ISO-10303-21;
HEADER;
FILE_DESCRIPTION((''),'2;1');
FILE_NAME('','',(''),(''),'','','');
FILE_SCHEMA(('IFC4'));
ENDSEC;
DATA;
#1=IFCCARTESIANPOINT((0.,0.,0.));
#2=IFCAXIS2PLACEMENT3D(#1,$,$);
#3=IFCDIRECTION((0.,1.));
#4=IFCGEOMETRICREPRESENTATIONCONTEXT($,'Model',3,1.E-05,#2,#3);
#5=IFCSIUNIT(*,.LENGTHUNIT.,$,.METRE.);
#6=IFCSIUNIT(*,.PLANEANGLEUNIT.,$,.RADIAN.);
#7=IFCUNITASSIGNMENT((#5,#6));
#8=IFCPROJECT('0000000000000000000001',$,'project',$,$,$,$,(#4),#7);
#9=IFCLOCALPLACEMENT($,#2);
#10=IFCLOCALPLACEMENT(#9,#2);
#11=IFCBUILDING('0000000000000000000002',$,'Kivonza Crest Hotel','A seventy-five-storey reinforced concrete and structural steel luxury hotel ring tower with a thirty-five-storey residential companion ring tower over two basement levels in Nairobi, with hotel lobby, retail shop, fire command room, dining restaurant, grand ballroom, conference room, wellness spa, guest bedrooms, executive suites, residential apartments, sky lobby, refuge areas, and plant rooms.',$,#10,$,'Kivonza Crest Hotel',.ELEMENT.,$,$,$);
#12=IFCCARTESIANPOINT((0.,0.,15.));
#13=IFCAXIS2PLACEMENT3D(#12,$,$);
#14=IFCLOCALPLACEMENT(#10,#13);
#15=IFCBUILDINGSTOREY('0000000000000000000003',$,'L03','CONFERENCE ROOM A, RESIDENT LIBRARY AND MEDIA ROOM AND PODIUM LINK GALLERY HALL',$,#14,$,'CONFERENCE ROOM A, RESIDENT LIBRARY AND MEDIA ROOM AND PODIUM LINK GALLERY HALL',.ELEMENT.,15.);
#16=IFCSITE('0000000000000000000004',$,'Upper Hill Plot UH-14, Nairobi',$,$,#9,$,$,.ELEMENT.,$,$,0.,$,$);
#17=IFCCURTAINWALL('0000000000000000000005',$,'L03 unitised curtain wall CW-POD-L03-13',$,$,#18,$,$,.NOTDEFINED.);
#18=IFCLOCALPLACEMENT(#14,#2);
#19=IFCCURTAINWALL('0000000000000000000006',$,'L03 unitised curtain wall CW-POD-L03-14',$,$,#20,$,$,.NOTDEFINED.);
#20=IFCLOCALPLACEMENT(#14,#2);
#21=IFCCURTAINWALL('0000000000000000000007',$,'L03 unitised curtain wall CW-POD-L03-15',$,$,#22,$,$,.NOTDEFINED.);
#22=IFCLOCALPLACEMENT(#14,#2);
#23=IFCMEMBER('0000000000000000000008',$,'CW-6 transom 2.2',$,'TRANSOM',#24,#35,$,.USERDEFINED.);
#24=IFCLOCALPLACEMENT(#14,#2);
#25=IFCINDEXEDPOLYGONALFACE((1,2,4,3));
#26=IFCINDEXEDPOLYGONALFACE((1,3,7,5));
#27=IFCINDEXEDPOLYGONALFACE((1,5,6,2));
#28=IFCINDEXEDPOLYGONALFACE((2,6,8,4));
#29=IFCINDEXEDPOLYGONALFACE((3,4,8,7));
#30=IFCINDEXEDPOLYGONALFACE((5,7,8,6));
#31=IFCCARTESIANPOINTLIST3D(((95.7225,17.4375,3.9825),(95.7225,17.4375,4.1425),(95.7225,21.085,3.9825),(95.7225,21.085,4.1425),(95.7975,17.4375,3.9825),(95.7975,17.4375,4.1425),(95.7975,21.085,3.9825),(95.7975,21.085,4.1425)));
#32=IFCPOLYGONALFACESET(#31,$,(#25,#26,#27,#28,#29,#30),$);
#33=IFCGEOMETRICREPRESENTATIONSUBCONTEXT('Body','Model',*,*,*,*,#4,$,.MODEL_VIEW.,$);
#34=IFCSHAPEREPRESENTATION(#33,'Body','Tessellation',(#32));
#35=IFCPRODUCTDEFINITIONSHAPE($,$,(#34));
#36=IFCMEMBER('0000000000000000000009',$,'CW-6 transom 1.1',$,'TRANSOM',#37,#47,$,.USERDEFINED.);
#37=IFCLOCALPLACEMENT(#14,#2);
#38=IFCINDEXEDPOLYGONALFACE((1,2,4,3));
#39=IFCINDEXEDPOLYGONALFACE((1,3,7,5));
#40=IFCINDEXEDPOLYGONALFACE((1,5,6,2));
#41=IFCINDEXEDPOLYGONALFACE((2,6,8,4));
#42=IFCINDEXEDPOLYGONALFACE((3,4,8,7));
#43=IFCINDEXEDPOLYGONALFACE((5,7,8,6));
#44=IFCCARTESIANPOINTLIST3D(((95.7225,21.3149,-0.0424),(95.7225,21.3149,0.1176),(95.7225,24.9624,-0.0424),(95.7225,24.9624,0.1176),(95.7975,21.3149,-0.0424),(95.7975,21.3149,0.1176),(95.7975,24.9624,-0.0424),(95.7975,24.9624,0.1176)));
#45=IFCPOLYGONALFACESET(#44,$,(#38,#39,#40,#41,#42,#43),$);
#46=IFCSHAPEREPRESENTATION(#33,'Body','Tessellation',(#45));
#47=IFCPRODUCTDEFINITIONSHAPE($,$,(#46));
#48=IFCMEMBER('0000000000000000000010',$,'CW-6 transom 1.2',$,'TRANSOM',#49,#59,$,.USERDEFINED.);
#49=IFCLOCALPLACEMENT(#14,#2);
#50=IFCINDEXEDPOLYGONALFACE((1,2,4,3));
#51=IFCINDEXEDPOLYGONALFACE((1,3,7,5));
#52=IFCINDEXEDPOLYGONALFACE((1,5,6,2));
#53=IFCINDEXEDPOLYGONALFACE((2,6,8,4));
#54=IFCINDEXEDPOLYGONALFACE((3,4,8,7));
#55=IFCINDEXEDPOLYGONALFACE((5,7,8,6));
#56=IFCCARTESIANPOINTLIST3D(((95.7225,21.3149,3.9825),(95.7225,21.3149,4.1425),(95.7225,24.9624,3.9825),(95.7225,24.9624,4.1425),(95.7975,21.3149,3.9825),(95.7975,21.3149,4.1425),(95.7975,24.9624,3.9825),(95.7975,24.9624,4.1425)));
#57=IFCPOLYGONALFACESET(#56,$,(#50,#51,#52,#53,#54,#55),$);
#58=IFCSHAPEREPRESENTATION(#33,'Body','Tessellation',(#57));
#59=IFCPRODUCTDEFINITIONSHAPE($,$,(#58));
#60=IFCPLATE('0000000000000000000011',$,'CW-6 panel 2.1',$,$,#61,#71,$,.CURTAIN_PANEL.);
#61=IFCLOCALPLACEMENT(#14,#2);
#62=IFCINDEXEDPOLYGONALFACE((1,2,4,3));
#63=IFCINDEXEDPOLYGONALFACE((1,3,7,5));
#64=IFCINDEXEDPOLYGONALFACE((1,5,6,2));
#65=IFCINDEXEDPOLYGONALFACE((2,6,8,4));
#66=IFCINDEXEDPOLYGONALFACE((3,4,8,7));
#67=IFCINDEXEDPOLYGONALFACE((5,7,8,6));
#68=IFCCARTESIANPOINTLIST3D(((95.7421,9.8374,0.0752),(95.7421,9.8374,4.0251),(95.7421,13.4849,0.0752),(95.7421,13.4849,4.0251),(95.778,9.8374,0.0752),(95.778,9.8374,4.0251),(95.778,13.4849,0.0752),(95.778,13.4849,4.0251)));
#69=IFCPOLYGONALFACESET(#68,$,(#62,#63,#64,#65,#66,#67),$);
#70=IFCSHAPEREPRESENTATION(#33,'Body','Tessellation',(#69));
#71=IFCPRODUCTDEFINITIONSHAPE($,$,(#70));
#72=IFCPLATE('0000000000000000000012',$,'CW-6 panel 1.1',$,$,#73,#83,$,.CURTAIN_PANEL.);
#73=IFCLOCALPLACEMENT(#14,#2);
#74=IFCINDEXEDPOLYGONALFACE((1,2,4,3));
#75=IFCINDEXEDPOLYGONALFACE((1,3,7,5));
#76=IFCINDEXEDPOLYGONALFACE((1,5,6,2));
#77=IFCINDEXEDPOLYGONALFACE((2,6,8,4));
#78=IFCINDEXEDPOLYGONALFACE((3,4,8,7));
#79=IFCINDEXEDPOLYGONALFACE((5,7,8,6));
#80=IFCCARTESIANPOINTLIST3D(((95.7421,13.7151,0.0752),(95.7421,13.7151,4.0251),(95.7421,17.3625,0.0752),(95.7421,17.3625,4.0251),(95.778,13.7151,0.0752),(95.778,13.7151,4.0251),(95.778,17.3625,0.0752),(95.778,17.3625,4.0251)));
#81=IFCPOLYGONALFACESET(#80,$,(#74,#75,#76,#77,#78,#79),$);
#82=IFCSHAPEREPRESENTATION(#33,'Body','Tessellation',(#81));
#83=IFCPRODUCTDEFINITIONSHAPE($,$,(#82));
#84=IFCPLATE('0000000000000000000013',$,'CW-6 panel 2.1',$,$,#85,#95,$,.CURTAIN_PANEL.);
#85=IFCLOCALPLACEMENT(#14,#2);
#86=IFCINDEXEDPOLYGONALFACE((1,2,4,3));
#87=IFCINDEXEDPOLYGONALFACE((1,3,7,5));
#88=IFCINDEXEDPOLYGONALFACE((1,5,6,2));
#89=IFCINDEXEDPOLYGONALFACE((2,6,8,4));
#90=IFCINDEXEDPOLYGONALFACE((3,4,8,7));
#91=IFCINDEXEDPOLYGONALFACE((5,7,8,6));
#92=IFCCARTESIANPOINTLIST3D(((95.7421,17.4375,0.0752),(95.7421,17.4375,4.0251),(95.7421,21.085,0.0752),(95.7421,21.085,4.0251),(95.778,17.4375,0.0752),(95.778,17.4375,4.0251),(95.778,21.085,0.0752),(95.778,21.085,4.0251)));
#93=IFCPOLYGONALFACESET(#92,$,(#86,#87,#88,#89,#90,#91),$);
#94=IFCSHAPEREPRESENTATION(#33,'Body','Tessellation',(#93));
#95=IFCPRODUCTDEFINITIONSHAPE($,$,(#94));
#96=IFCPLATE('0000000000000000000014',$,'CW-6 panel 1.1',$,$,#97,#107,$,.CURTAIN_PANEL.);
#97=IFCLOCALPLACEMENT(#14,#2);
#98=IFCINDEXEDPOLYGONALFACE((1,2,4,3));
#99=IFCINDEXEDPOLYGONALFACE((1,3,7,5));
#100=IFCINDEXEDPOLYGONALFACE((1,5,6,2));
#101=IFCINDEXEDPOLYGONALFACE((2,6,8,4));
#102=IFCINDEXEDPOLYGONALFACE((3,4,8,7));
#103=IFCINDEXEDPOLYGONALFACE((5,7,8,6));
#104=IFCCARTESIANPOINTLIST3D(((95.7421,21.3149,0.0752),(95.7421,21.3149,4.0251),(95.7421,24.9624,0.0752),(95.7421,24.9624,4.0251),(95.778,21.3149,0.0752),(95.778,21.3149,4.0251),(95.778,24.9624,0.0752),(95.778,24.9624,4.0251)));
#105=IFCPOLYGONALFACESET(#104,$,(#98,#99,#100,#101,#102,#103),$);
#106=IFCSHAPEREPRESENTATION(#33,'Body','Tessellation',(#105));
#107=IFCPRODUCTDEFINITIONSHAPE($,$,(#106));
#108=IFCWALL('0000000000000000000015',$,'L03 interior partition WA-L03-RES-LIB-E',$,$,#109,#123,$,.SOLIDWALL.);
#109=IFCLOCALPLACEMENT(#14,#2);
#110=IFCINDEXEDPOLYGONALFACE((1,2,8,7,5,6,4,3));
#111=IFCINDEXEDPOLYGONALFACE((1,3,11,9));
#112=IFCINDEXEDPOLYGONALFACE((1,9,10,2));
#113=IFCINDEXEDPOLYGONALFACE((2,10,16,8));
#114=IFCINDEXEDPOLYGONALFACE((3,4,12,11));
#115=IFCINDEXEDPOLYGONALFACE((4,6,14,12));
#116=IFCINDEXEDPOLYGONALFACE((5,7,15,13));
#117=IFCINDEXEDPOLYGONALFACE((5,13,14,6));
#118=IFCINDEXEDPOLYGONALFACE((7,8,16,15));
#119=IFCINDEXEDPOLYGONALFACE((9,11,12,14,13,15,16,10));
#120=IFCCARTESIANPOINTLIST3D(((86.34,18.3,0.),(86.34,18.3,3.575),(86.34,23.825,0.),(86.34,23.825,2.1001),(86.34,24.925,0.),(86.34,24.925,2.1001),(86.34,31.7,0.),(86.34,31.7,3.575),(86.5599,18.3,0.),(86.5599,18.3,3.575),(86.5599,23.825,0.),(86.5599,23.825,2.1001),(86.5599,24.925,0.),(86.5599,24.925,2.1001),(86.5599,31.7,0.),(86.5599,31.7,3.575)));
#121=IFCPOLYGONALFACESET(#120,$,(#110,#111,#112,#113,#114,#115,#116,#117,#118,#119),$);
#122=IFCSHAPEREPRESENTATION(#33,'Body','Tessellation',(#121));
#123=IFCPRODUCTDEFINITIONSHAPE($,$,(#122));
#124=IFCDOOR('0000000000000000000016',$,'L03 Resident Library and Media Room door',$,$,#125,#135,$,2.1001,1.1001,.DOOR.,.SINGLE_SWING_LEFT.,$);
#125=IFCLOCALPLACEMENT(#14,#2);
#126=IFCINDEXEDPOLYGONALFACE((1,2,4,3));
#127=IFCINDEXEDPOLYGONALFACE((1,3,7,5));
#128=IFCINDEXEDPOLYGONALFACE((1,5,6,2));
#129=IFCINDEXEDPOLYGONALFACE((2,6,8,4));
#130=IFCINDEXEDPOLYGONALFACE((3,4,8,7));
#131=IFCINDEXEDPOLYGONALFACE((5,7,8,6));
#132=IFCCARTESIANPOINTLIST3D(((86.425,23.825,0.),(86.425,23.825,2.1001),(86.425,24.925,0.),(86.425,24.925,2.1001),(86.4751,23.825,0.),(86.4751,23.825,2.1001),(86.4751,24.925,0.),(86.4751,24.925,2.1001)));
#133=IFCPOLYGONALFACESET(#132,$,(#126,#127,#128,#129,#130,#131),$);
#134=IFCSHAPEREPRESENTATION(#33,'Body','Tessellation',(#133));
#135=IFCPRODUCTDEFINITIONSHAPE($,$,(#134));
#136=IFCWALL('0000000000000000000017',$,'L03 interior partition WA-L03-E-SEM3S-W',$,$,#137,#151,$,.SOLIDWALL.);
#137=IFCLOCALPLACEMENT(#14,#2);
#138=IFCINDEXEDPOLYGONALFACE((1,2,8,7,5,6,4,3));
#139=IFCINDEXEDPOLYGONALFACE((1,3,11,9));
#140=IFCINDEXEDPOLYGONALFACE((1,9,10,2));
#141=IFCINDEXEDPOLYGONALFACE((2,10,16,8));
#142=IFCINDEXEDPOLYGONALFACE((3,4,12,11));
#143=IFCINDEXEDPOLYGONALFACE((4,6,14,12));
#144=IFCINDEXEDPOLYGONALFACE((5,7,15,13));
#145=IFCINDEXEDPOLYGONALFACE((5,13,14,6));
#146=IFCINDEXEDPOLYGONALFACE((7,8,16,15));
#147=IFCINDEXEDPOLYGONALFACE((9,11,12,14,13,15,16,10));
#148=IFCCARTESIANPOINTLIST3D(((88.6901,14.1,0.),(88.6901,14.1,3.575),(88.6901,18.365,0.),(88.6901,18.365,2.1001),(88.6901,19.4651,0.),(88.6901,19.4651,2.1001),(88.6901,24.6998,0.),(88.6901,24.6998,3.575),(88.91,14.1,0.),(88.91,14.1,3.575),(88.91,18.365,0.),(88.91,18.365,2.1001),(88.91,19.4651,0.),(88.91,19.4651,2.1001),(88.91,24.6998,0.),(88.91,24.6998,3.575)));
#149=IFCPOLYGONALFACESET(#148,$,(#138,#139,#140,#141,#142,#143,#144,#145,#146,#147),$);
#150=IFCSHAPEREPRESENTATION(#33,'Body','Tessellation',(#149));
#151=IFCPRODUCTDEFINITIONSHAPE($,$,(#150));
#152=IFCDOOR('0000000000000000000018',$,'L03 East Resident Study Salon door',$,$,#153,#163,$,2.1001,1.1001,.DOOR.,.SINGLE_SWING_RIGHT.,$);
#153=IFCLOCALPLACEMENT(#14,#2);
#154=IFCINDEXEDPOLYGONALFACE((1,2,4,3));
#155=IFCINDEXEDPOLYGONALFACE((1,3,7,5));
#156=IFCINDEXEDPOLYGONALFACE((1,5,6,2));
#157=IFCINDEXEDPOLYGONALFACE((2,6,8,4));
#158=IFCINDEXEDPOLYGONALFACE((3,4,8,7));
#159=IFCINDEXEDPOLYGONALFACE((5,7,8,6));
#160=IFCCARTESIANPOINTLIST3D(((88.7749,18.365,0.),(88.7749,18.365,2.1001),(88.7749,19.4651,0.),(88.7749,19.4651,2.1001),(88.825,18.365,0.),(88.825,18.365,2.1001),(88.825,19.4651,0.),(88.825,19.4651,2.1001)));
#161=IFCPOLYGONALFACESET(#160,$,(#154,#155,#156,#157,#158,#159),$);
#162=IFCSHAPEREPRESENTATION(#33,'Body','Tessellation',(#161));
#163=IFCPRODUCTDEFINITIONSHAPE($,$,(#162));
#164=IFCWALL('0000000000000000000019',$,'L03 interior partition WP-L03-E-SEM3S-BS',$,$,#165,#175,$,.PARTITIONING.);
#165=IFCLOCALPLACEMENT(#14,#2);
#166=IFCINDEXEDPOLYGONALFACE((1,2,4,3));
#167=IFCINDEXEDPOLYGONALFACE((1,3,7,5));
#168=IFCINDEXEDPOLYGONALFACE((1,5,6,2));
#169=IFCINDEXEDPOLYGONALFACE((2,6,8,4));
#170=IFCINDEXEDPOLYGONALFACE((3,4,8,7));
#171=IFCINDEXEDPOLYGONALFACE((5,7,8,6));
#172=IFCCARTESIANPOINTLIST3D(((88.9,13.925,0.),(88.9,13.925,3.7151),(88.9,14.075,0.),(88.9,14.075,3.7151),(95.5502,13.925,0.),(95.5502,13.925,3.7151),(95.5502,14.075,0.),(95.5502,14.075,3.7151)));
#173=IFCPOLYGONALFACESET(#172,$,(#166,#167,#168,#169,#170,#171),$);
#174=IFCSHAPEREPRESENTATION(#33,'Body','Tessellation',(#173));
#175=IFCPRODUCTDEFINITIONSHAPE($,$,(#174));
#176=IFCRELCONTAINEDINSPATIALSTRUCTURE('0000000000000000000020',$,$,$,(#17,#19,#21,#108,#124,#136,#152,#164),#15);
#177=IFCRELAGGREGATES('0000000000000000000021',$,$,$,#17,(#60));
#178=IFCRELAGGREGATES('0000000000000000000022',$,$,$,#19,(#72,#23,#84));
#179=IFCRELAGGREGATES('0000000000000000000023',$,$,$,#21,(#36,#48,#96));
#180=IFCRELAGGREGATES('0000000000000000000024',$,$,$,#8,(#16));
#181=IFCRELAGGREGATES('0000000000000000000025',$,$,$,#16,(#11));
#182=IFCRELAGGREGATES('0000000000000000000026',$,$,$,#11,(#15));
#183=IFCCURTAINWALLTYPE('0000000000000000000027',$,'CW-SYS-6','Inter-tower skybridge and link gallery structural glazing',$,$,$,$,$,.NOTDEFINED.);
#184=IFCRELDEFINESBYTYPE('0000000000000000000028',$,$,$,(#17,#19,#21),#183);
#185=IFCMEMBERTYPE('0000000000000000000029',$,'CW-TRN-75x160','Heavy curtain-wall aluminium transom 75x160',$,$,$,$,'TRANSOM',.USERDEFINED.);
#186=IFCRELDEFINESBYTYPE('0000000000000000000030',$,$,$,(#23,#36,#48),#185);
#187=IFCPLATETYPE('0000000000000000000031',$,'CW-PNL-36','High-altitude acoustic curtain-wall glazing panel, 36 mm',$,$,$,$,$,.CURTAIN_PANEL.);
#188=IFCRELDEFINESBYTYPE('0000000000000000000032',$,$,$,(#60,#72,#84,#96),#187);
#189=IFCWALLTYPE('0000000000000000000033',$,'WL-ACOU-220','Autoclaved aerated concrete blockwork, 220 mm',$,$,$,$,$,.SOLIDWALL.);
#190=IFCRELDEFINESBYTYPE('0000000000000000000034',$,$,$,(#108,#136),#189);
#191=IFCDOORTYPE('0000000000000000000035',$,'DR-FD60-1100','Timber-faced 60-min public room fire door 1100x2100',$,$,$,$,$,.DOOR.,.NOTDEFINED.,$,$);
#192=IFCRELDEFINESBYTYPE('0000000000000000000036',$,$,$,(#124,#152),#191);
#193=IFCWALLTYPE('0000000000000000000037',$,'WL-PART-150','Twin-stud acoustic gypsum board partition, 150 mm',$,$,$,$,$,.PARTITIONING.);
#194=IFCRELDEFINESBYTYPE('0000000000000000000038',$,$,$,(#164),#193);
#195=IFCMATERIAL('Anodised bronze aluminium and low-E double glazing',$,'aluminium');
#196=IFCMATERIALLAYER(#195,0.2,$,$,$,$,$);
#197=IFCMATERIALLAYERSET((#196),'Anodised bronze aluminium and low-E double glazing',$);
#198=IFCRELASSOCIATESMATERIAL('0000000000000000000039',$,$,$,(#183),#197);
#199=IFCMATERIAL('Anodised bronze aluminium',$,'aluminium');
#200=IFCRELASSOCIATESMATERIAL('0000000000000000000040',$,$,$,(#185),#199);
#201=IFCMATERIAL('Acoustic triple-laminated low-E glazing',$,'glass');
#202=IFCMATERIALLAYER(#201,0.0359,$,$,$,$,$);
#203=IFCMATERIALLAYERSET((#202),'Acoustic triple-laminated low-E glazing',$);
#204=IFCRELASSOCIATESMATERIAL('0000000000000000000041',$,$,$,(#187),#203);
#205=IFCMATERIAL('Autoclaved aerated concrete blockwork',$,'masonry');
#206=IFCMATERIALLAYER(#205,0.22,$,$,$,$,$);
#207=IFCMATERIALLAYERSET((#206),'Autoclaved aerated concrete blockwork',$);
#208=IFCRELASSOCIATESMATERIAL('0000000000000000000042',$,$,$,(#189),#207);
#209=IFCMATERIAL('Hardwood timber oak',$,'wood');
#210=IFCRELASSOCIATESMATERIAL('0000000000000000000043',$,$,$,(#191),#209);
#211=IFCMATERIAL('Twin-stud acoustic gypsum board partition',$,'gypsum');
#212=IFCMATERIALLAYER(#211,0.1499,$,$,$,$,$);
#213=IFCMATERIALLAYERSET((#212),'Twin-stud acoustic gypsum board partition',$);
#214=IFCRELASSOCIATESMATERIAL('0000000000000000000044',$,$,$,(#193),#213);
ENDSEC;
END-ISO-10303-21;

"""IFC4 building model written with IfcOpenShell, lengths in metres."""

from ifc_helpers import new_model, si_unit, direction, frame, frame_2d, origin, origin_2d, place, context, subcontext, project, spatial, rectangle, extrude, material, layer, layer_set, material_profile, profile_set, type_object, element, fill, aggregate, save


model = new_model("IFC4")

# Units and contexts
model_context = context("Model", 3, precision=1e-05, world=origin(), true_north=direction((0.0, 1.0)))
body_context = subcontext(model_context, "Body", "Model", "MODEL_VIEW")
ifc_project = project(units=[si_unit("LENGTHUNIT", "METRE"), si_unit("PLANEANGLEUNIT", "RADIAN")], contexts=[model_context])

# Site, building, storey
site_placement = place(None, origin())
site = spatial("IfcSite", under=ifc_project, at=site_placement, Name="Upper Hill Plot UH-14, Nairobi", CompositionType="ELEMENT", RefElevation=0.0)
building_placement = place(site_placement, origin())
building = spatial("IfcBuilding", under=site, at=building_placement, Name="Kivonza Crest Hotel", Description="A seventy-five-storey reinforced concrete and structural steel luxury hotel ring tower with a thirty-five-storey residential companion ring tower over two basement levels in Nairobi, with hotel lobby, retail shop, fire command room, dining restaurant, grand ballroom, conference room, wellness spa, guest bedrooms, executive suites, residential apartments, sky lobby, refuge areas, and plant rooms.", LongName="Kivonza Crest Hotel", CompositionType="ELEMENT")
storey_placement = place(building_placement, frame((0.0, 0.0, 15.0)))
storey = spatial("IfcBuildingStorey", under=building, at=storey_placement, Name="L03", Description="CONFERENCE ROOM A, RESIDENT LIBRARY AND MEDIA ROOM AND PODIUM LINK GALLERY HALL", LongName="CONFERENCE ROOM A, RESIDENT LIBRARY AND MEDIA ROOM AND PODIUM LINK GALLERY HALL", CompositionType="ELEMENT", Elevation=15.0)

# Curtain wall
ifc_material_1 = material(Name="Anodised bronze aluminium and low-E double glazing", Category="aluminium")
ifc_layer_1 = layer(ifc_material_1, 0.2)
ifc_layer_set_1 = layer_set([ifc_layer_1], Name="Anodised bronze aluminium and low-E double glazing")
curtain_wall_type = type_object("IfcCurtainWallType", Name="CW-SYS-6", Description="Inter-tower skybridge and link gallery structural glazing", PredefinedType="NOTDEFINED", material=ifc_layer_set_1)
curtain_wall_1_placement = place(storey_placement, origin())
curtain_wall_1 = element("IfcCurtainWall", 1, at=curtain_wall_1_placement, inside=storey, type_object=curtain_wall_type, Name="L03 unitised curtain wall CW-POD-L03-13", PredefinedType="NOTDEFINED")
ifc_material_2 = material(Name="Anodised bronze aluminium", Category="aluminium")

# Curtain wall
curtain_wall_2_placement = place(storey_placement, origin())
curtain_wall_2 = element("IfcCurtainWall", 2, at=curtain_wall_2_placement, inside=storey, type_object=curtain_wall_type, Name="L03 unitised curtain wall CW-POD-L03-14", PredefinedType="NOTDEFINED")

# Curtain wall
curtain_wall_3_placement = place(storey_placement, origin())
curtain_wall_3 = element("IfcCurtainWall", 3, at=curtain_wall_3_placement, inside=storey, type_object=curtain_wall_type, Name="L03 unitised curtain wall CW-POD-L03-15", PredefinedType="NOTDEFINED")

# Members
ifc_material_profile_1 = material_profile(ifc_material_2, rectangle(XDim=0.075, YDim=0.1599, at=origin_2d()), Name="CW-T 75x160")
ifc_profile_set_1 = profile_set([ifc_material_profile_1], Name="Anodised bronze aluminium")
member_type_1 = type_object("IfcMemberType", Name="CW-TRN-75x160", Description="Heavy curtain-wall aluminium transom 75x160", ElementType="TRANSOM", PredefinedType="USERDEFINED", material=ifc_profile_set_1)
member_1_placement = place(storey_placement, frame((95.76, 17.4375, 4.0625), z_axis=(0.0, 1.0, 0.0), x_axis=(-1.0, 0.0, 0.0)))
member_1 = element("IfcMember", 4, at=member_1_placement, type_object=member_type_1, Name="CW-6 transom 2.2", ObjectType="TRANSOM", PredefinedType="USERDEFINED", context=body_context, shape_type="SweptSolid", body=[
    extrude(rectangle(XDim=0.075, YDim=0.1599, at=origin_2d()), origin(), (0.0, 0.0, 1.0), 3.6475),
])
member_2_placement = place(storey_placement, frame((95.76, 21.3149, 0.0376), z_axis=(0.0, 1.0, 0.0), x_axis=(-1.0, 0.0, 0.0)))
member_2 = element("IfcMember", 5, at=member_2_placement, type_object=member_type_1, Name="CW-6 transom 1.1", ObjectType="TRANSOM", PredefinedType="USERDEFINED", context=body_context, shape_type="SweptSolid", body=[
    extrude(rectangle(XDim=0.075, YDim=0.1599, at=origin_2d()), origin(), (0.0, 0.0, 1.0), 3.6475),
])
member_3_placement = place(storey_placement, frame((95.76, 21.3149, 4.0625), z_axis=(0.0, 1.0, 0.0), x_axis=(-1.0, 0.0, 0.0)))
member_3 = element("IfcMember", 6, at=member_3_placement, type_object=member_type_1, Name="CW-6 transom 1.2", ObjectType="TRANSOM", PredefinedType="USERDEFINED", context=body_context, shape_type="SweptSolid", body=[
    extrude(rectangle(XDim=0.075, YDim=0.1599, at=origin_2d()), origin(), (0.0, 0.0, 1.0), 3.6475),
])

# Plates
ifc_material_3 = material(Name="Acoustic triple-laminated low-E glazing", Category="glass")
ifc_layer_2 = layer(ifc_material_3, 0.0359)
ifc_layer_set_2 = layer_set([ifc_layer_2], Name="Acoustic triple-laminated low-E glazing")
plate_type = type_object("IfcPlateType", Name="CW-PNL-36", Description="High-altitude acoustic curtain-wall glazing panel, 36 mm", PredefinedType="CURTAIN_PANEL", material=ifc_layer_set_2)
plate_1_placement = place(storey_placement, frame((95.76, 11.6611, 0.0752), z_axis=(0.0, 0.0, 1.0), x_axis=(0.0, 1.0, 0.0)))
plate_1 = element("IfcPlate", 7, at=plate_1_placement, type_object=plate_type, Name="CW-6 panel 2.1", PredefinedType="CURTAIN_PANEL", context=body_context, shape_type="SweptSolid", body=[
    extrude(rectangle(XDim=3.6475, YDim=0.0359, at=origin_2d()), origin(), (0.0, 0.0, 1.0), 3.95),
])
aggregate(curtain_wall_1, [plate_1])
plate_2_placement = place(storey_placement, frame((95.76, 15.5388, 0.0752), z_axis=(0.0, 0.0, 1.0), x_axis=(0.0, 1.0, 0.0)))
plate_2 = element("IfcPlate", 8, at=plate_2_placement, type_object=plate_type, Name="CW-6 panel 1.1", PredefinedType="CURTAIN_PANEL", context=body_context, shape_type="SweptSolid", body=[
    extrude(rectangle(XDim=3.6475, YDim=0.0359, at=origin_2d()), origin(), (0.0, 0.0, 1.0), 3.95),
])
plate_3_placement = place(storey_placement, frame((95.76, 19.2612, 0.0752), z_axis=(0.0, 0.0, 1.0), x_axis=(0.0, 1.0, 0.0)))
plate_3 = element("IfcPlate", 9, at=plate_3_placement, type_object=plate_type, Name="CW-6 panel 2.1", PredefinedType="CURTAIN_PANEL", context=body_context, shape_type="SweptSolid", body=[
    extrude(rectangle(XDim=3.6475, YDim=0.0359, at=origin_2d()), origin(), (0.0, 0.0, 1.0), 3.95),
])
aggregate(curtain_wall_2, [plate_2, member_1, plate_3])
plate_4_placement = place(storey_placement, frame((95.76, 23.1387, 0.0752), z_axis=(0.0, 0.0, 1.0), x_axis=(0.0, 1.0, 0.0)))
plate_4 = element("IfcPlate", 10, at=plate_4_placement, type_object=plate_type, Name="CW-6 panel 1.1", PredefinedType="CURTAIN_PANEL", context=body_context, shape_type="SweptSolid", body=[
    extrude(rectangle(XDim=3.6475, YDim=0.0359, at=origin_2d()), origin(), (0.0, 0.0, 1.0), 3.95),
])
aggregate(curtain_wall_3, [member_2, member_3, plate_4])

# Walls, openings, doors
ifc_material_4 = material(Name="Autoclaved aerated concrete blockwork", Category="masonry")
ifc_layer_3 = layer(ifc_material_4, 0.22)
ifc_layer_set_3 = layer_set([ifc_layer_3], Name="Autoclaved aerated concrete blockwork")
wall_type_1 = type_object("IfcWallType", Name="WL-ACOU-220", Description="Autoclaved aerated concrete blockwork, 220 mm", PredefinedType="SOLIDWALL", material=ifc_layer_set_3)
wall_1_placement = place(storey_placement, frame((86.45, 18.3, 0.0), z_axis=(0.0, 0.0, 1.0), x_axis=(0.0, 1.0, 0.0)))
wall_1 = element("IfcWall", 11, at=wall_1_placement, inside=storey, type_object=wall_type_1, Name="L03 interior partition WA-L03-RES-LIB-E", PredefinedType="SOLIDWALL", context=body_context, shape_type="SweptSolid", body=[
    extrude(rectangle(XDim=13.3999, YDim=0.22, at=frame_2d((6.7, 0.0))), origin(), (0.0, 0.0, 1.0), 3.575),
])
opening_1_placement = place(wall_1_placement, frame((5.5249, 0.0, 0.0)))
opening_1 = element("IfcOpeningElement", 12, at=opening_1_placement, cuts=wall_1, PredefinedType="OPENING", context=body_context, shape_type="SweptSolid", body=[
    extrude(rectangle(XDim=1.1001, YDim=2.1001, at=frame_2d((0.55, 1.05))), frame((0.0, 0.1201, 0.0), z_axis=(0.0, -1.0, 0.0), x_axis=(1.0, 0.0, 0.0)), (0.0, 0.0, 1.0), 0.24),
])
ifc_material_5 = material(Name="Hardwood timber oak", Category="wood")
door_type = type_object("IfcDoorType", Name="DR-FD60-1100", Description="Timber-faced 60-min public room fire door 1100x2100", OperationType="NOTDEFINED", PredefinedType="DOOR", material=ifc_material_5)
door_1_placement = place(opening_1_placement, origin())
door_1 = element("IfcDoor", 13, at=door_1_placement, inside=storey, type_object=door_type, Name="L03 Resident Library and Media Room door", OperationType="SINGLE_SWING_LEFT", OverallHeight=2.1001, OverallWidth=1.1001, PredefinedType="DOOR", context=body_context, shape_type="SweptSolid", body=[
    extrude(rectangle(XDim=1.1001, YDim=2.1001, at=frame_2d((0.55, 1.05))), frame((0.0, 0.0249, 0.0), z_axis=(0.0, -1.0, 0.0), x_axis=(1.0, 0.0, 0.0)), (0.0, 0.0, 1.0), 0.05),
])
fill(opening_1, door_1)
wall_2_placement = place(storey_placement, frame((88.8, 14.1001, 0.0), z_axis=(0.0, 0.0, 1.0), x_axis=(0.0, 1.0, 0.0)))
wall_2 = element("IfcWall", 14, at=wall_2_placement, inside=storey, type_object=wall_type_1, Name="L03 interior partition WA-L03-E-SEM3S-W", PredefinedType="SOLIDWALL", context=body_context, shape_type="SweptSolid", body=[
    extrude(rectangle(XDim=10.5999, YDim=0.22, at=frame_2d((5.2998, 0.0))), origin(), (0.0, 0.0, 1.0), 3.575),
])
opening_2_placement = place(wall_2_placement, frame((4.2649, 0.0, 0.0)))
opening_2 = element("IfcOpeningElement", 15, at=opening_2_placement, cuts=wall_2, PredefinedType="OPENING", context=body_context, shape_type="SweptSolid", body=[
    extrude(rectangle(XDim=1.1001, YDim=2.1001, at=frame_2d((0.55, 1.05))), frame((0.0, 0.1201, 0.0), z_axis=(0.0, -1.0, 0.0), x_axis=(1.0, 0.0, 0.0)), (0.0, 0.0, 1.0), 0.24),
])
door_2_placement = place(opening_2_placement, frame((1.1001, 0.0, 0.0), z_axis=(0.0, 0.0, 1.0), x_axis=(-1.0, 0.0, 0.0)))
door_2 = element("IfcDoor", 16, at=door_2_placement, inside=storey, type_object=door_type, Name="L03 East Resident Study Salon door", OperationType="SINGLE_SWING_RIGHT", OverallHeight=2.1001, OverallWidth=1.1001, PredefinedType="DOOR", context=body_context, shape_type="SweptSolid", body=[
    extrude(rectangle(XDim=1.1001, YDim=2.1001, at=frame_2d((0.55, 1.05))), frame((0.0, 0.0249, 0.0), z_axis=(0.0, -1.0, 0.0), x_axis=(1.0, 0.0, 0.0)), (0.0, 0.0, 1.0), 0.05),
])
fill(opening_2, door_2)

# Wall
ifc_material_6 = material(Name="Twin-stud acoustic gypsum board partition", Category="gypsum")
ifc_layer_4 = layer(ifc_material_6, 0.1499)
ifc_layer_set_4 = layer_set([ifc_layer_4], Name="Twin-stud acoustic gypsum board partition")
wall_type_2 = type_object("IfcWallType", Name="WL-PART-150", Description="Twin-stud acoustic gypsum board partition, 150 mm", PredefinedType="PARTITIONING", material=ifc_layer_set_4)
wall_3_placement = place(storey_placement, frame((88.8999, 14.0, 0.0), z_axis=(0.0, 0.0, 1.0), x_axis=(1.0, 0.0, 0.0)))
element("IfcWall", 17, at=wall_3_placement, inside=storey, type_object=wall_type_2, Name="L03 interior partition WP-L03-E-SEM3S-BS", PredefinedType="PARTITIONING", context=body_context, shape_type="SweptSolid", body=[
    extrude(rectangle(XDim=6.6501, YDim=0.1499, at=frame_2d((3.3252, 0.0))), origin(), (0.0, 0.0, 1.0), 3.7151),
])

save(model, "model.ifc")
